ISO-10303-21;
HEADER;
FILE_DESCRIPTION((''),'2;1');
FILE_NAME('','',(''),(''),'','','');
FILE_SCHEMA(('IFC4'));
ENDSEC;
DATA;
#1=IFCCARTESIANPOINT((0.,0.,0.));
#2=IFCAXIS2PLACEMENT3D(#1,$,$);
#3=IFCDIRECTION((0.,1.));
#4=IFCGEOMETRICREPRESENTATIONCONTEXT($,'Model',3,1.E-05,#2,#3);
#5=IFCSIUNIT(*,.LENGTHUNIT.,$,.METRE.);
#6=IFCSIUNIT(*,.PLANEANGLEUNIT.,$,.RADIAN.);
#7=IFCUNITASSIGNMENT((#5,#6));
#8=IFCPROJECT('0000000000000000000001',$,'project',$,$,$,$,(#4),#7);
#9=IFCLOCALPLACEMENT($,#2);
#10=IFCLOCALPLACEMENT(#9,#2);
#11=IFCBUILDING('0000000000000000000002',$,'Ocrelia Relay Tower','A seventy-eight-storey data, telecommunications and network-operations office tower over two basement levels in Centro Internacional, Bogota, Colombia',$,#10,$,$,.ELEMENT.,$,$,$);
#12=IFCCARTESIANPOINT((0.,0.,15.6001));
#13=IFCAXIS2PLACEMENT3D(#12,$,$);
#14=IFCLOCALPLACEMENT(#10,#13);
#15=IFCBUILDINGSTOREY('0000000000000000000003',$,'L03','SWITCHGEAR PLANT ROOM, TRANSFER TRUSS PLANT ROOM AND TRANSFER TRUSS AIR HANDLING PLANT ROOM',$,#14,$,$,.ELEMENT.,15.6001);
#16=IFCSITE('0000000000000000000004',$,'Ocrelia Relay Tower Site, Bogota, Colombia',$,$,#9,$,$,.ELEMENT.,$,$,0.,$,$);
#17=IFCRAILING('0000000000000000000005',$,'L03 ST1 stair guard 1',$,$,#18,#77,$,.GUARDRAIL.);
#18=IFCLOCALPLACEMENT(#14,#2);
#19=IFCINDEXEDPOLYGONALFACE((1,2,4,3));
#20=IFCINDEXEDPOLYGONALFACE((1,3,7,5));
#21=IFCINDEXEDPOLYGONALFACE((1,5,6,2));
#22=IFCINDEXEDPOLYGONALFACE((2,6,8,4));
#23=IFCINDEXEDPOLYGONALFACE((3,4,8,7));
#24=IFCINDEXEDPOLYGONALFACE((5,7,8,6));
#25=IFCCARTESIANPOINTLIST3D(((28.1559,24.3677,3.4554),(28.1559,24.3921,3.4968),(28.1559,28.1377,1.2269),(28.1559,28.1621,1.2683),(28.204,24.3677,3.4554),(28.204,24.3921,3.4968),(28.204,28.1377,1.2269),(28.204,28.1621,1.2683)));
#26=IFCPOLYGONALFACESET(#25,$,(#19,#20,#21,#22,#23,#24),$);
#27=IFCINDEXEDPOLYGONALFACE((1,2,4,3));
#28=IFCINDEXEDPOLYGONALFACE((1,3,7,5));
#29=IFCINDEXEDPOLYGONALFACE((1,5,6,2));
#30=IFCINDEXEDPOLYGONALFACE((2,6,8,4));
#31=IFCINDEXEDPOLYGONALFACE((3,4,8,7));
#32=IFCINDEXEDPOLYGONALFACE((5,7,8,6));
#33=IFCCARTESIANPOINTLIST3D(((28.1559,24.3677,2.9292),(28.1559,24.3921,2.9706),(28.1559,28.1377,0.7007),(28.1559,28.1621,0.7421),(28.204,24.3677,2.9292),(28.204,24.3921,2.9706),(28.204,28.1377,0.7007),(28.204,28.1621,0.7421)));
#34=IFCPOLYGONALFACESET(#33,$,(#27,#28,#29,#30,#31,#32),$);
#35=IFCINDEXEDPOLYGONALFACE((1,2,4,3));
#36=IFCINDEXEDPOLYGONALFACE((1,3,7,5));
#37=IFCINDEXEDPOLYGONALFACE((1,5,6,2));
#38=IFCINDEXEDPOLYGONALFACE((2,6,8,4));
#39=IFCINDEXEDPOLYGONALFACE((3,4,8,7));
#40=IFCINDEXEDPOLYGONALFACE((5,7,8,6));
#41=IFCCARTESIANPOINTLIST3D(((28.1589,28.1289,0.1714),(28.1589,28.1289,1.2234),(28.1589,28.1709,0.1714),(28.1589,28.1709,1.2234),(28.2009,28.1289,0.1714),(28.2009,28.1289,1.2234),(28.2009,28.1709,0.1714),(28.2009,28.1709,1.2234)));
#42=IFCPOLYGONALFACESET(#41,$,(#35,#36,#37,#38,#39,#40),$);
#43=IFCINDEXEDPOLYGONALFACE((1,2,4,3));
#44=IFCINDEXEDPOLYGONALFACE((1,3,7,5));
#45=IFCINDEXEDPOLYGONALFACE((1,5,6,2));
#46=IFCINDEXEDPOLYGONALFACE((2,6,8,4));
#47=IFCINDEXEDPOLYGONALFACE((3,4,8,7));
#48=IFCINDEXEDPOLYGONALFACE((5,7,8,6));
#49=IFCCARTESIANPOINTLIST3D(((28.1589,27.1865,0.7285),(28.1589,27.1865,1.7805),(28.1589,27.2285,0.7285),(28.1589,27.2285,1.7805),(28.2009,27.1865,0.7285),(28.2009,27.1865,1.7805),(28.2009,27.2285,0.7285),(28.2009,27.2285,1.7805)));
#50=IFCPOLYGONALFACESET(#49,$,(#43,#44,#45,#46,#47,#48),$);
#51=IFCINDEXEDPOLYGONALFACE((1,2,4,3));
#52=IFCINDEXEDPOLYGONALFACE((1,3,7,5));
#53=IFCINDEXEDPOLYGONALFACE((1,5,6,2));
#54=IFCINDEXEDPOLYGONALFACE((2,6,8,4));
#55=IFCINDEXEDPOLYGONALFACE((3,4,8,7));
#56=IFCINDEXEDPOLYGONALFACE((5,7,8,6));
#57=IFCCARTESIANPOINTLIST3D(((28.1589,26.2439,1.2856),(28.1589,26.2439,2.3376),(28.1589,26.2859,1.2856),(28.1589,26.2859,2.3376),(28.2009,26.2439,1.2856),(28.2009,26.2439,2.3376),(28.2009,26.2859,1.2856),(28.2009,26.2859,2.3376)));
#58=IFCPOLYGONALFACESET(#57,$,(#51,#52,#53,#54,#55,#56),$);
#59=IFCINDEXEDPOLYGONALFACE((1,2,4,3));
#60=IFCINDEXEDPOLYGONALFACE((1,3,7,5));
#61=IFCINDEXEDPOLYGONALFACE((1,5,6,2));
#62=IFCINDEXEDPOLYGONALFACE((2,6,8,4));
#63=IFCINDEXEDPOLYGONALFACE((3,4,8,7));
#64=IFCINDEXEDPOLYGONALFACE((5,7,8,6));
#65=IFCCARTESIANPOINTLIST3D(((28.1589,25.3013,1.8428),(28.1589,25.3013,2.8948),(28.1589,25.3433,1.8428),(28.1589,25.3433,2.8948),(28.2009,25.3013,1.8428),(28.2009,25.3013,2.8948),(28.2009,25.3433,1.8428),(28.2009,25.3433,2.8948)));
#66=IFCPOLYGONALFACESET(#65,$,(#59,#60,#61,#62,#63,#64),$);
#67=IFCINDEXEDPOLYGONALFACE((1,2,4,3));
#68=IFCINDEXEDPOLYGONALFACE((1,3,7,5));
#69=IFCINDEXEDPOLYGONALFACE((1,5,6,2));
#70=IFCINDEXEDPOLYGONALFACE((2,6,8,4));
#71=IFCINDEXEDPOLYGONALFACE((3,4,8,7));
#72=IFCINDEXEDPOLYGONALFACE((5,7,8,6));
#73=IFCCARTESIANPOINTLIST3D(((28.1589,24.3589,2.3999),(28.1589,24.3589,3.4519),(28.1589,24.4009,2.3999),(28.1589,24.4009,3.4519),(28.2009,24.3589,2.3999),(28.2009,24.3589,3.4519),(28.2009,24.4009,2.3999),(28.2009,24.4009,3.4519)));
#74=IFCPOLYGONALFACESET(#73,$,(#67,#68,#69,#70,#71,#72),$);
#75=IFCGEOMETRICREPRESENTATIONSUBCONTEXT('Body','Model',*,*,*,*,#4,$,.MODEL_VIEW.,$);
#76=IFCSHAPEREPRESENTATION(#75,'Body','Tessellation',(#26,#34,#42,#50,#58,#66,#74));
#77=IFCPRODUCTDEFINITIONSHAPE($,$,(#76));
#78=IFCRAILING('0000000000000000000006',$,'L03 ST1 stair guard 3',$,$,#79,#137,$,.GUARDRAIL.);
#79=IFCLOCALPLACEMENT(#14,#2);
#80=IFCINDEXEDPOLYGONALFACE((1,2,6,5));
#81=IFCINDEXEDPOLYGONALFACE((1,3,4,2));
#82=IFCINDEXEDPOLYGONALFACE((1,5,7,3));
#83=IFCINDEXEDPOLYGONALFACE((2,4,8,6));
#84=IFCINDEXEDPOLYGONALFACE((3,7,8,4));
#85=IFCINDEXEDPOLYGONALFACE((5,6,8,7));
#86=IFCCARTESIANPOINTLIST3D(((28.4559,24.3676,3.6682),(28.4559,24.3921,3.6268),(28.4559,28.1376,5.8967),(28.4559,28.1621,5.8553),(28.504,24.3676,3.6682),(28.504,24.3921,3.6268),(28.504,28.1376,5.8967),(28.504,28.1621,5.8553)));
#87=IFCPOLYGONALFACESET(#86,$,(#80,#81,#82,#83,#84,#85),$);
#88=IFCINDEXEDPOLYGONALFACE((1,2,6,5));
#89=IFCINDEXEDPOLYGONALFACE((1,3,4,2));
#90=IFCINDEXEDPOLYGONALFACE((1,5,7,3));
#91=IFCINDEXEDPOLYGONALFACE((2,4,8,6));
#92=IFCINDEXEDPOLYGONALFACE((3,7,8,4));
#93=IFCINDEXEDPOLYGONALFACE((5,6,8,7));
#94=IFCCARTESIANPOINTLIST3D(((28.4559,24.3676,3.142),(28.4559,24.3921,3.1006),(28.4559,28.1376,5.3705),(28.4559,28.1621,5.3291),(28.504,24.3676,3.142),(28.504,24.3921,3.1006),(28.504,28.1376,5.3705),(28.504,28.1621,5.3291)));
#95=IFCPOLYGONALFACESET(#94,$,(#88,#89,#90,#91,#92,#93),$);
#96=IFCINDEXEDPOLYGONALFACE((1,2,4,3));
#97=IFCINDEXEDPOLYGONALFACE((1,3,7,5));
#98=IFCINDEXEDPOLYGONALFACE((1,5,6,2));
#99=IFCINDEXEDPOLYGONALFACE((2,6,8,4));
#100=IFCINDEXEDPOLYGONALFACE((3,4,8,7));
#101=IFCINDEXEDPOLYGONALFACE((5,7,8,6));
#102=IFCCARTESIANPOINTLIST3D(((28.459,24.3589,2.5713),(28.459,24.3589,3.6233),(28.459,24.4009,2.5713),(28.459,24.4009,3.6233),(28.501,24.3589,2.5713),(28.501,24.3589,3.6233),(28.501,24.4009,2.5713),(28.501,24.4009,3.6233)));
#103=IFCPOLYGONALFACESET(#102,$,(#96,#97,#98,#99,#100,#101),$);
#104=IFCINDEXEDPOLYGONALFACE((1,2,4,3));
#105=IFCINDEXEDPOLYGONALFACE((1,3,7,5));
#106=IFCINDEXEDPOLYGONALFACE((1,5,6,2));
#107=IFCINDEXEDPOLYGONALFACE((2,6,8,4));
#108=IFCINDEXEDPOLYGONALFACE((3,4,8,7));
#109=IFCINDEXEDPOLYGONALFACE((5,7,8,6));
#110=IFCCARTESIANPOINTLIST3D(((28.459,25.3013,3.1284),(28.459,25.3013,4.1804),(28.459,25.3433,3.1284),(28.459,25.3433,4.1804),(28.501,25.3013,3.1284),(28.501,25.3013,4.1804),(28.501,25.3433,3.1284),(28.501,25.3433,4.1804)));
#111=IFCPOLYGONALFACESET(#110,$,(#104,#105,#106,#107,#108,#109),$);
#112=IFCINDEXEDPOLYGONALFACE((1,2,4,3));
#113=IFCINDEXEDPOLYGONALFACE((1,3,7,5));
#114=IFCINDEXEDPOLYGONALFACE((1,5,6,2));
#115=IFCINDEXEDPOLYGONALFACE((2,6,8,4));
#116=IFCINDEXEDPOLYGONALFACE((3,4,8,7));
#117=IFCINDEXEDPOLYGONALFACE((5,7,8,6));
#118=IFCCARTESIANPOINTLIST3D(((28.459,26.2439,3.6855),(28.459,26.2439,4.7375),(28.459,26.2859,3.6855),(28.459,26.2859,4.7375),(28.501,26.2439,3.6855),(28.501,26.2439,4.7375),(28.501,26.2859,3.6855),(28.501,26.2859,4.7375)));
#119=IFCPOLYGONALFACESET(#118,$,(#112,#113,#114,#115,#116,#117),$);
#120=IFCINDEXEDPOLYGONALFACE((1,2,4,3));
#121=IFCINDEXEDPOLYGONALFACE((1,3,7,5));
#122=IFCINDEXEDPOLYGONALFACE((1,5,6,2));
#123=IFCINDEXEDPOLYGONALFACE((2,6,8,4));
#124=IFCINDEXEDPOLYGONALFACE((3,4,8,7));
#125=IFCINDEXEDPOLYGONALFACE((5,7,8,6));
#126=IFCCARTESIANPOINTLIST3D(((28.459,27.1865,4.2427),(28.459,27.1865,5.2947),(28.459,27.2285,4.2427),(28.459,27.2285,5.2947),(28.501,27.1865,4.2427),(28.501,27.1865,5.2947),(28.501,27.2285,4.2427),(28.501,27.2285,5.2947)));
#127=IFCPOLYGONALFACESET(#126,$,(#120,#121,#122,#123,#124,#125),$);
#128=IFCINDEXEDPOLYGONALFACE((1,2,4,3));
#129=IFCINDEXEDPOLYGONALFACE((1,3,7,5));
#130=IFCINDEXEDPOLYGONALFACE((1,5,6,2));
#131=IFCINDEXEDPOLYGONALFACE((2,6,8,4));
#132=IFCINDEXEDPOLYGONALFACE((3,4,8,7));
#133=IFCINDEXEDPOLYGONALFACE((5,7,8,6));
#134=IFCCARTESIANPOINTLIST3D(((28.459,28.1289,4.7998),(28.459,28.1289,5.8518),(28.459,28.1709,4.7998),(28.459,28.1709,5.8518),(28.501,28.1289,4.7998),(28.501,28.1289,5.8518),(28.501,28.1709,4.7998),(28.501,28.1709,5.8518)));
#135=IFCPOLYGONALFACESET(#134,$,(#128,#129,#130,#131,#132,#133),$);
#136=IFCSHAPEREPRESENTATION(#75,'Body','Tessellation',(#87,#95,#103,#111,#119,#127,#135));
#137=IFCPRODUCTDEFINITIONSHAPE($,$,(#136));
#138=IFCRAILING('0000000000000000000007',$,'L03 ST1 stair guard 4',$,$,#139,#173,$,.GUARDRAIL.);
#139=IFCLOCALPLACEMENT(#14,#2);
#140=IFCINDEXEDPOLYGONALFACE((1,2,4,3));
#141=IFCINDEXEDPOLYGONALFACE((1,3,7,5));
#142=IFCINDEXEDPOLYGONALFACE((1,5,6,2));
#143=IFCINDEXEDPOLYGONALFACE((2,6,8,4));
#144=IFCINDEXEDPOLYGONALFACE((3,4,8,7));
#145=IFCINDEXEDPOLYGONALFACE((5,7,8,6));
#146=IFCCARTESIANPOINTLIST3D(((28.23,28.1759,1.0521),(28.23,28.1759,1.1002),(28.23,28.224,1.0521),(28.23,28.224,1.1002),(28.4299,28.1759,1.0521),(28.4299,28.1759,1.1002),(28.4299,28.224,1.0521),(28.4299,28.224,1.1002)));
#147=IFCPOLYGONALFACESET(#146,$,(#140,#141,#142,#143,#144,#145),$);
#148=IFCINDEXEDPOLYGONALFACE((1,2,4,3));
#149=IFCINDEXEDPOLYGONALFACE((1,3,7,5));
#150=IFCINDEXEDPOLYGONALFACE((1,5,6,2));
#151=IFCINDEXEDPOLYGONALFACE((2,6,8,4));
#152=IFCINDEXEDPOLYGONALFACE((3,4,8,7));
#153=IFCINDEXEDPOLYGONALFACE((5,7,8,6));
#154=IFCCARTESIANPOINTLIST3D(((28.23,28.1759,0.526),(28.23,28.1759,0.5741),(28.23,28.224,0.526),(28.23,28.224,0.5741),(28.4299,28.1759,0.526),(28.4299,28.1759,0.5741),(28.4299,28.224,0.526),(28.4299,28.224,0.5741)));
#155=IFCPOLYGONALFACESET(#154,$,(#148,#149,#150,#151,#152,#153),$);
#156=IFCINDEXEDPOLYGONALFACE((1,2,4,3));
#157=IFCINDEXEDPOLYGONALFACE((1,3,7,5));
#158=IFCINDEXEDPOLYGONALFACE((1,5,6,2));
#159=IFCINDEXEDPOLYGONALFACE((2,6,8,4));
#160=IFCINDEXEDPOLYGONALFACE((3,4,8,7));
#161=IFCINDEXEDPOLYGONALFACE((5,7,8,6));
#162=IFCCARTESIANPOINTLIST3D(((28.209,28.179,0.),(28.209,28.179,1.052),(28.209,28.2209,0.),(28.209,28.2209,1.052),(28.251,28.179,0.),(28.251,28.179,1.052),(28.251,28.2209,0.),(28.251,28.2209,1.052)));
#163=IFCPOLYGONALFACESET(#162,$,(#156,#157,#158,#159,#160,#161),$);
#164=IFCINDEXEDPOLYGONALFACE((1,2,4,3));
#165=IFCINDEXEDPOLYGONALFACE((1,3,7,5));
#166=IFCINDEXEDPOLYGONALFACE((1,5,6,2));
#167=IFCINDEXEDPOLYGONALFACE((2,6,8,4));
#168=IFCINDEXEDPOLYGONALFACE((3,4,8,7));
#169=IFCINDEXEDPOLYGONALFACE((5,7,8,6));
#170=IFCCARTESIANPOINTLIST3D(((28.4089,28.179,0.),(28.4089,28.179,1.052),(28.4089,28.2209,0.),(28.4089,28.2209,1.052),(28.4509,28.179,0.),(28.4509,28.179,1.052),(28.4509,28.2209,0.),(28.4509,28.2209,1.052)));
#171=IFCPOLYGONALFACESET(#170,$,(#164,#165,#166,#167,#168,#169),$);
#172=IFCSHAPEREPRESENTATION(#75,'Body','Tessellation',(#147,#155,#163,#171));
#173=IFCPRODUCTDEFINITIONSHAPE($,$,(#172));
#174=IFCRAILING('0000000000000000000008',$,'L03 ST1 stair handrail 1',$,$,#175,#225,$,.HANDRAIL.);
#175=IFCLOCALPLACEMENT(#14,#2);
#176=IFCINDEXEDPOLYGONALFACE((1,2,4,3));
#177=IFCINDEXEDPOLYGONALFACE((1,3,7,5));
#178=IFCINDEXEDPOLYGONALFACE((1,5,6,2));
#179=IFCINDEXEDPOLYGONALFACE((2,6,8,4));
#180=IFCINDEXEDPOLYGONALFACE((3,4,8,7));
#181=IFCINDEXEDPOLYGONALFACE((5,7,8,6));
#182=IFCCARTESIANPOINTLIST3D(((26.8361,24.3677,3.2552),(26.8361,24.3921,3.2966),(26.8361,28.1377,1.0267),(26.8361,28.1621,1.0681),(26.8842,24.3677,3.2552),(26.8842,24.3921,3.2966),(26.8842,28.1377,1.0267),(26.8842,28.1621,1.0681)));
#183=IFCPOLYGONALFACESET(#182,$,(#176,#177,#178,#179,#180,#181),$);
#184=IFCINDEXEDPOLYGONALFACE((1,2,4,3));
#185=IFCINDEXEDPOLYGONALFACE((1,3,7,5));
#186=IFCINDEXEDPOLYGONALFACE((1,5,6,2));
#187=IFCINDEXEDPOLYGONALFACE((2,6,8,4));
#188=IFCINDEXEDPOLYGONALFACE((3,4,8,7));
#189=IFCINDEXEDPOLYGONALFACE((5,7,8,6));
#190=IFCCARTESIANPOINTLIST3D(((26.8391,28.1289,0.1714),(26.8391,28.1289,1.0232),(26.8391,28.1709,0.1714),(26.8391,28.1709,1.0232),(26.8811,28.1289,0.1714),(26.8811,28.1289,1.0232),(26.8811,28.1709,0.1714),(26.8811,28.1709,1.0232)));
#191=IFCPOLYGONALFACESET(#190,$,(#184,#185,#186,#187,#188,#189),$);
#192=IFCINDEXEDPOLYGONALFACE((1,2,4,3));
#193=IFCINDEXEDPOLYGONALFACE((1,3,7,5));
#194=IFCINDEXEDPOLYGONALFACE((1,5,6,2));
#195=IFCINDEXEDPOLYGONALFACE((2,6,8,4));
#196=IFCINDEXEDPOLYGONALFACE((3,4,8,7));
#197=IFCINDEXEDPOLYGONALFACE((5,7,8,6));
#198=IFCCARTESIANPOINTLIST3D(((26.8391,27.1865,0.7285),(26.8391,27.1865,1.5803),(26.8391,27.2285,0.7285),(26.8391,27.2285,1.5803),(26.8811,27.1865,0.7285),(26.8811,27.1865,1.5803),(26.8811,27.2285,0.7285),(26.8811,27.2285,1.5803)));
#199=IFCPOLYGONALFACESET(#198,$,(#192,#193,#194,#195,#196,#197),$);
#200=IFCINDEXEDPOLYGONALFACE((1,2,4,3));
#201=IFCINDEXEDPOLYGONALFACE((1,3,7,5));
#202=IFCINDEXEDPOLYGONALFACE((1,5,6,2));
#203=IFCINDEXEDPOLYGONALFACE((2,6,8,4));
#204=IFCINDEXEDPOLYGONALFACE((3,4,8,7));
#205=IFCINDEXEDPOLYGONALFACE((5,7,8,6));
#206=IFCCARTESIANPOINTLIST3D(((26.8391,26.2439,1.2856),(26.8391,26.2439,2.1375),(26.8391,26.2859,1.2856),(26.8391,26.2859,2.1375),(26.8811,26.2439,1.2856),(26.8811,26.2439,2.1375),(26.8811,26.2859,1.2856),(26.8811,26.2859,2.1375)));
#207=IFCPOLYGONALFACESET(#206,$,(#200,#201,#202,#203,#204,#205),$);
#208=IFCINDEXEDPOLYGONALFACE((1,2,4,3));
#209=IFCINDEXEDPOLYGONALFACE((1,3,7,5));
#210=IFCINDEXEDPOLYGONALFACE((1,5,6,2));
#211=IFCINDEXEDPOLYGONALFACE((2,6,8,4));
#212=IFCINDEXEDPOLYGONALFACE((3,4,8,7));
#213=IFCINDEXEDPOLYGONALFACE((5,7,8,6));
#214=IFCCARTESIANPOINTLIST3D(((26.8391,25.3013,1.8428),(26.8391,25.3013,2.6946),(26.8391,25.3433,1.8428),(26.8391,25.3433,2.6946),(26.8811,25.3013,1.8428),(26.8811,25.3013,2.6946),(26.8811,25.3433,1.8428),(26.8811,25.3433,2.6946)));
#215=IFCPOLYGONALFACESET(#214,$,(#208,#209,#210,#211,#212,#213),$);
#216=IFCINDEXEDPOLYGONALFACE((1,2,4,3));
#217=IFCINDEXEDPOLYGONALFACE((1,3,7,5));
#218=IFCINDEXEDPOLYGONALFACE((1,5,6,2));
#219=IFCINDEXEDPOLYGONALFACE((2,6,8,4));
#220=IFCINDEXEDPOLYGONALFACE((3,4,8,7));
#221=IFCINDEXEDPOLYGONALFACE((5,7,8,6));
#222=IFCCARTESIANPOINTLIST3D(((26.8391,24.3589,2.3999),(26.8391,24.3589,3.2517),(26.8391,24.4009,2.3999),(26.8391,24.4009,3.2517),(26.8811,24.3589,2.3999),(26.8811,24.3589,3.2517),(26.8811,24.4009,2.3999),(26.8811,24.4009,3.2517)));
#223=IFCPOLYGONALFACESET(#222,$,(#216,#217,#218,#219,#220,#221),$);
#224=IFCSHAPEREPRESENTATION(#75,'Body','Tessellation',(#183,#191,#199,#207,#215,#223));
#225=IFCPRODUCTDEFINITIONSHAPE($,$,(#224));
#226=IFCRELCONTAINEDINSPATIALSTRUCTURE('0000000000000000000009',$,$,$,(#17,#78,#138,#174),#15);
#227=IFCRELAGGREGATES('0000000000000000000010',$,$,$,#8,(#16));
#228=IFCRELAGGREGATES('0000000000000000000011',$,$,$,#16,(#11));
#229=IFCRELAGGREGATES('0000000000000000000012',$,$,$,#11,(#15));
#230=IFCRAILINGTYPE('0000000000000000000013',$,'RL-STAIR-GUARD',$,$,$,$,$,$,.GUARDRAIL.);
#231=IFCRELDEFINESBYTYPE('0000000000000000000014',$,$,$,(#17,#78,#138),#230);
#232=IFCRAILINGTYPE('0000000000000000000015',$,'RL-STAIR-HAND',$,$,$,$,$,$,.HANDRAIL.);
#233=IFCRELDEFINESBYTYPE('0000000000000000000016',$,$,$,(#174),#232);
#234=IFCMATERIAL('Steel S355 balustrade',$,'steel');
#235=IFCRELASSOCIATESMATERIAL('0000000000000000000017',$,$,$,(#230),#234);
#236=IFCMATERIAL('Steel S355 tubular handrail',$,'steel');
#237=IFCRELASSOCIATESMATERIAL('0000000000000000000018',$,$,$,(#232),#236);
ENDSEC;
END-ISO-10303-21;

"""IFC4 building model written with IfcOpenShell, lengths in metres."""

from ifc_helpers import new_model, si_unit, direction, frame, origin, origin_2d, place, context, subcontext, project, spatial, rectangle, extrude, material, type_object, element, save


model = new_model("IFC4")

# Units and contexts
model_context = context("Model", 3, precision=1e-05, world=origin(), true_north=direction((0.0, 1.0)))
body_context = subcontext(model_context, "Body", "Model", "MODEL_VIEW")
ifc_project = project(units=[si_unit("LENGTHUNIT", "METRE"), si_unit("PLANEANGLEUNIT", "RADIAN")], contexts=[model_context])

# Site, building, storey
site_placement = place(None, origin())
site = spatial("IfcSite", under=ifc_project, at=site_placement, Name="Ocrelia Relay Tower Site, Bogota, Colombia", CompositionType="ELEMENT", RefElevation=0.0)
building_placement = place(site_placement, origin())
building = spatial("IfcBuilding", under=site, at=building_placement, Name="Ocrelia Relay Tower", Description="A seventy-eight-storey data, telecommunications and network-operations office tower over two basement levels in Centro Internacional, Bogota, Colombia", CompositionType="ELEMENT")
storey_placement = place(building_placement, frame((0.0, 0.0, 15.6001)))
storey = spatial("IfcBuildingStorey", under=building, at=storey_placement, Name="L03", Description="SWITCHGEAR PLANT ROOM, TRANSFER TRUSS PLANT ROOM AND TRANSFER TRUSS AIR HANDLING PLANT ROOM", CompositionType="ELEMENT", Elevation=15.6001)

# Railings
ifc_material_1 = material(Name="Steel S355 balustrade", Category="steel")
railing_type_1 = type_object("IfcRailingType", Name="RL-STAIR-GUARD", PredefinedType="GUARDRAIL", material=ifc_material_1)
railing_1_placement = place(storey_placement, frame((28.1799, 28.1499, 0.1714)))
element("IfcRailing", 1, at=railing_1_placement, inside=storey, type_object=railing_type_1, Name="L03 ST1 stair guard 1", PredefinedType="GUARDRAIL", context=body_context, shape_type="SweptSolid", body=[
    extrude(rectangle(XDim=0.0481, YDim=0.0481, at=origin_2d()), frame((0.0, 0.0, 1.0762), z_axis=(0.0, -0.860849, 0.508861), x_axis=(1.0, 0.0, 0.0)), (0.0, 0.0, 1.0), 4.3794),
    extrude(rectangle(XDim=0.0481, YDim=0.0481, at=origin_2d()), frame((0.0, 0.0, 0.55), z_axis=(0.0, -0.860849, 0.508861), x_axis=(1.0, 0.0, 0.0)), (0.0, 0.0, 1.0), 4.3794),
    extrude(rectangle(XDim=0.042, YDim=0.042, at=origin_2d()), origin(), (0.0, 0.0, 1.0), 1.052),
    extrude(rectangle(XDim=0.042, YDim=0.042, at=origin_2d()), frame((0.0, -0.9424, 0.5571)), (0.0, 0.0, 1.0), 1.052),
    extrude(rectangle(XDim=0.042, YDim=0.042, at=origin_2d()), frame((0.0, -1.885, 1.1143)), (0.0, 0.0, 1.0), 1.052),
    extrude(rectangle(XDim=0.042, YDim=0.042, at=origin_2d()), frame((0.0, -2.8276, 1.6714)), (0.0, 0.0, 1.0), 1.052),
    extrude(rectangle(XDim=0.042, YDim=0.042, at=origin_2d()), frame((0.0, -3.77, 2.2285)), (0.0, 0.0, 1.0), 1.052),
])
railing_2_placement = place(storey_placement, frame((28.48, 24.3799, 2.5713)))
element("IfcRailing", 2, at=railing_2_placement, inside=storey, type_object=railing_type_1, Name="L03 ST1 stair guard 3", PredefinedType="GUARDRAIL", context=body_context, shape_type="SweptSolid", body=[
    extrude(rectangle(XDim=0.0481, YDim=0.0481, at=origin_2d()), frame((0.0, 0.0, 1.0762), z_axis=(0.0, 0.860849, 0.508861), x_axis=(-1.0, 0.0, 0.0)), (0.0, 0.0, 1.0), 4.3794),
    extrude(rectangle(XDim=0.0481, YDim=0.0481, at=origin_2d()), frame((0.0, 0.0, 0.55), z_axis=(0.0, 0.860849, 0.508861), x_axis=(-1.0, 0.0, 0.0)), (0.0, 0.0, 1.0), 4.3794),
    extrude(rectangle(XDim=0.042, YDim=0.042, at=origin_2d()), origin(), (0.0, 0.0, 1.0), 1.052),
    extrude(rectangle(XDim=0.042, YDim=0.042, at=origin_2d()), frame((0.0, 0.9424, 0.5571)), (0.0, 0.0, 1.0), 1.052),
    extrude(rectangle(XDim=0.042, YDim=0.042, at=origin_2d()), frame((0.0, 1.885, 1.1143)), (0.0, 0.0, 1.0), 1.052),
    extrude(rectangle(XDim=0.042, YDim=0.042, at=origin_2d()), frame((0.0, 2.8276, 1.6714)), (0.0, 0.0, 1.0), 1.052),
    extrude(rectangle(XDim=0.042, YDim=0.042, at=origin_2d()), frame((0.0, 3.77, 2.2285)), (0.0, 0.0, 1.0), 1.052),
])
railing_3_placement = place(storey_placement, frame((28.23, 28.2, 0.0)))
element("IfcRailing", 3, at=railing_3_placement, inside=storey, type_object=railing_type_1, Name="L03 ST1 stair guard 4", PredefinedType="GUARDRAIL", context=body_context, shape_type="SweptSolid", body=[
    extrude(rectangle(XDim=0.0481, YDim=0.0481, at=origin_2d()), frame((0.0, 0.0, 1.0762), z_axis=(1.0, 0.0, 0.0), x_axis=(0.0, 1.0, 0.0)), (0.0, 0.0, 1.0), 0.2),
    extrude(rectangle(XDim=0.0481, YDim=0.0481, at=origin_2d()), frame((0.0, 0.0, 0.55), z_axis=(1.0, 0.0, 0.0), x_axis=(0.0, 1.0, 0.0)), (0.0, 0.0, 1.0), 0.2),
    extrude(rectangle(XDim=0.042, YDim=0.042, at=origin_2d()), origin(), (0.0, 0.0, 1.0), 1.052),
    extrude(rectangle(XDim=0.042, YDim=0.042, at=origin_2d()), frame((0.2, 0.0, 0.0)), (0.0, 0.0, 1.0), 1.052),
])
ifc_material_2 = material(Name="Steel S355 tubular handrail", Category="steel")
railing_type_2 = type_object("IfcRailingType", Name="RL-STAIR-HAND", PredefinedType="HANDRAIL", material=ifc_material_2)
railing_4_placement = place(storey_placement, frame((26.8601, 28.1499, 0.1714)))
element("IfcRailing", 4, at=railing_4_placement, inside=storey, type_object=railing_type_2, Name="L03 ST1 stair handrail 1", PredefinedType="HANDRAIL", context=body_context, shape_type="SweptSolid", body=[
    extrude(rectangle(XDim=0.0481, YDim=0.0481, at=origin_2d()), frame((0.0, 0.0, 0.876), z_axis=(0.0, -0.860849, 0.508861), x_axis=(1.0, 0.0, 0.0)), (0.0, 0.0, 1.0), 4.3794),
    extrude(rectangle(XDim=0.042, YDim=0.042, at=origin_2d()), origin(), (0.0, 0.0, 1.0), 0.8518),
    extrude(rectangle(XDim=0.042, YDim=0.042, at=origin_2d()), frame((0.0, -0.9424, 0.5571)), (0.0, 0.0, 1.0), 0.8518),
    extrude(rectangle(XDim=0.042, YDim=0.042, at=origin_2d()), frame((0.0, -1.885, 1.1143)), (0.0, 0.0, 1.0), 0.8518),
    extrude(rectangle(XDim=0.042, YDim=0.042, at=origin_2d()), frame((0.0, -2.8276, 1.6714)), (0.0, 0.0, 1.0), 0.8518),
    extrude(rectangle(XDim=0.042, YDim=0.042, at=origin_2d()), frame((0.0, -3.77, 2.2285)), (0.0, 0.0, 1.0), 0.8518),
])

save(model, "model.ifc")
